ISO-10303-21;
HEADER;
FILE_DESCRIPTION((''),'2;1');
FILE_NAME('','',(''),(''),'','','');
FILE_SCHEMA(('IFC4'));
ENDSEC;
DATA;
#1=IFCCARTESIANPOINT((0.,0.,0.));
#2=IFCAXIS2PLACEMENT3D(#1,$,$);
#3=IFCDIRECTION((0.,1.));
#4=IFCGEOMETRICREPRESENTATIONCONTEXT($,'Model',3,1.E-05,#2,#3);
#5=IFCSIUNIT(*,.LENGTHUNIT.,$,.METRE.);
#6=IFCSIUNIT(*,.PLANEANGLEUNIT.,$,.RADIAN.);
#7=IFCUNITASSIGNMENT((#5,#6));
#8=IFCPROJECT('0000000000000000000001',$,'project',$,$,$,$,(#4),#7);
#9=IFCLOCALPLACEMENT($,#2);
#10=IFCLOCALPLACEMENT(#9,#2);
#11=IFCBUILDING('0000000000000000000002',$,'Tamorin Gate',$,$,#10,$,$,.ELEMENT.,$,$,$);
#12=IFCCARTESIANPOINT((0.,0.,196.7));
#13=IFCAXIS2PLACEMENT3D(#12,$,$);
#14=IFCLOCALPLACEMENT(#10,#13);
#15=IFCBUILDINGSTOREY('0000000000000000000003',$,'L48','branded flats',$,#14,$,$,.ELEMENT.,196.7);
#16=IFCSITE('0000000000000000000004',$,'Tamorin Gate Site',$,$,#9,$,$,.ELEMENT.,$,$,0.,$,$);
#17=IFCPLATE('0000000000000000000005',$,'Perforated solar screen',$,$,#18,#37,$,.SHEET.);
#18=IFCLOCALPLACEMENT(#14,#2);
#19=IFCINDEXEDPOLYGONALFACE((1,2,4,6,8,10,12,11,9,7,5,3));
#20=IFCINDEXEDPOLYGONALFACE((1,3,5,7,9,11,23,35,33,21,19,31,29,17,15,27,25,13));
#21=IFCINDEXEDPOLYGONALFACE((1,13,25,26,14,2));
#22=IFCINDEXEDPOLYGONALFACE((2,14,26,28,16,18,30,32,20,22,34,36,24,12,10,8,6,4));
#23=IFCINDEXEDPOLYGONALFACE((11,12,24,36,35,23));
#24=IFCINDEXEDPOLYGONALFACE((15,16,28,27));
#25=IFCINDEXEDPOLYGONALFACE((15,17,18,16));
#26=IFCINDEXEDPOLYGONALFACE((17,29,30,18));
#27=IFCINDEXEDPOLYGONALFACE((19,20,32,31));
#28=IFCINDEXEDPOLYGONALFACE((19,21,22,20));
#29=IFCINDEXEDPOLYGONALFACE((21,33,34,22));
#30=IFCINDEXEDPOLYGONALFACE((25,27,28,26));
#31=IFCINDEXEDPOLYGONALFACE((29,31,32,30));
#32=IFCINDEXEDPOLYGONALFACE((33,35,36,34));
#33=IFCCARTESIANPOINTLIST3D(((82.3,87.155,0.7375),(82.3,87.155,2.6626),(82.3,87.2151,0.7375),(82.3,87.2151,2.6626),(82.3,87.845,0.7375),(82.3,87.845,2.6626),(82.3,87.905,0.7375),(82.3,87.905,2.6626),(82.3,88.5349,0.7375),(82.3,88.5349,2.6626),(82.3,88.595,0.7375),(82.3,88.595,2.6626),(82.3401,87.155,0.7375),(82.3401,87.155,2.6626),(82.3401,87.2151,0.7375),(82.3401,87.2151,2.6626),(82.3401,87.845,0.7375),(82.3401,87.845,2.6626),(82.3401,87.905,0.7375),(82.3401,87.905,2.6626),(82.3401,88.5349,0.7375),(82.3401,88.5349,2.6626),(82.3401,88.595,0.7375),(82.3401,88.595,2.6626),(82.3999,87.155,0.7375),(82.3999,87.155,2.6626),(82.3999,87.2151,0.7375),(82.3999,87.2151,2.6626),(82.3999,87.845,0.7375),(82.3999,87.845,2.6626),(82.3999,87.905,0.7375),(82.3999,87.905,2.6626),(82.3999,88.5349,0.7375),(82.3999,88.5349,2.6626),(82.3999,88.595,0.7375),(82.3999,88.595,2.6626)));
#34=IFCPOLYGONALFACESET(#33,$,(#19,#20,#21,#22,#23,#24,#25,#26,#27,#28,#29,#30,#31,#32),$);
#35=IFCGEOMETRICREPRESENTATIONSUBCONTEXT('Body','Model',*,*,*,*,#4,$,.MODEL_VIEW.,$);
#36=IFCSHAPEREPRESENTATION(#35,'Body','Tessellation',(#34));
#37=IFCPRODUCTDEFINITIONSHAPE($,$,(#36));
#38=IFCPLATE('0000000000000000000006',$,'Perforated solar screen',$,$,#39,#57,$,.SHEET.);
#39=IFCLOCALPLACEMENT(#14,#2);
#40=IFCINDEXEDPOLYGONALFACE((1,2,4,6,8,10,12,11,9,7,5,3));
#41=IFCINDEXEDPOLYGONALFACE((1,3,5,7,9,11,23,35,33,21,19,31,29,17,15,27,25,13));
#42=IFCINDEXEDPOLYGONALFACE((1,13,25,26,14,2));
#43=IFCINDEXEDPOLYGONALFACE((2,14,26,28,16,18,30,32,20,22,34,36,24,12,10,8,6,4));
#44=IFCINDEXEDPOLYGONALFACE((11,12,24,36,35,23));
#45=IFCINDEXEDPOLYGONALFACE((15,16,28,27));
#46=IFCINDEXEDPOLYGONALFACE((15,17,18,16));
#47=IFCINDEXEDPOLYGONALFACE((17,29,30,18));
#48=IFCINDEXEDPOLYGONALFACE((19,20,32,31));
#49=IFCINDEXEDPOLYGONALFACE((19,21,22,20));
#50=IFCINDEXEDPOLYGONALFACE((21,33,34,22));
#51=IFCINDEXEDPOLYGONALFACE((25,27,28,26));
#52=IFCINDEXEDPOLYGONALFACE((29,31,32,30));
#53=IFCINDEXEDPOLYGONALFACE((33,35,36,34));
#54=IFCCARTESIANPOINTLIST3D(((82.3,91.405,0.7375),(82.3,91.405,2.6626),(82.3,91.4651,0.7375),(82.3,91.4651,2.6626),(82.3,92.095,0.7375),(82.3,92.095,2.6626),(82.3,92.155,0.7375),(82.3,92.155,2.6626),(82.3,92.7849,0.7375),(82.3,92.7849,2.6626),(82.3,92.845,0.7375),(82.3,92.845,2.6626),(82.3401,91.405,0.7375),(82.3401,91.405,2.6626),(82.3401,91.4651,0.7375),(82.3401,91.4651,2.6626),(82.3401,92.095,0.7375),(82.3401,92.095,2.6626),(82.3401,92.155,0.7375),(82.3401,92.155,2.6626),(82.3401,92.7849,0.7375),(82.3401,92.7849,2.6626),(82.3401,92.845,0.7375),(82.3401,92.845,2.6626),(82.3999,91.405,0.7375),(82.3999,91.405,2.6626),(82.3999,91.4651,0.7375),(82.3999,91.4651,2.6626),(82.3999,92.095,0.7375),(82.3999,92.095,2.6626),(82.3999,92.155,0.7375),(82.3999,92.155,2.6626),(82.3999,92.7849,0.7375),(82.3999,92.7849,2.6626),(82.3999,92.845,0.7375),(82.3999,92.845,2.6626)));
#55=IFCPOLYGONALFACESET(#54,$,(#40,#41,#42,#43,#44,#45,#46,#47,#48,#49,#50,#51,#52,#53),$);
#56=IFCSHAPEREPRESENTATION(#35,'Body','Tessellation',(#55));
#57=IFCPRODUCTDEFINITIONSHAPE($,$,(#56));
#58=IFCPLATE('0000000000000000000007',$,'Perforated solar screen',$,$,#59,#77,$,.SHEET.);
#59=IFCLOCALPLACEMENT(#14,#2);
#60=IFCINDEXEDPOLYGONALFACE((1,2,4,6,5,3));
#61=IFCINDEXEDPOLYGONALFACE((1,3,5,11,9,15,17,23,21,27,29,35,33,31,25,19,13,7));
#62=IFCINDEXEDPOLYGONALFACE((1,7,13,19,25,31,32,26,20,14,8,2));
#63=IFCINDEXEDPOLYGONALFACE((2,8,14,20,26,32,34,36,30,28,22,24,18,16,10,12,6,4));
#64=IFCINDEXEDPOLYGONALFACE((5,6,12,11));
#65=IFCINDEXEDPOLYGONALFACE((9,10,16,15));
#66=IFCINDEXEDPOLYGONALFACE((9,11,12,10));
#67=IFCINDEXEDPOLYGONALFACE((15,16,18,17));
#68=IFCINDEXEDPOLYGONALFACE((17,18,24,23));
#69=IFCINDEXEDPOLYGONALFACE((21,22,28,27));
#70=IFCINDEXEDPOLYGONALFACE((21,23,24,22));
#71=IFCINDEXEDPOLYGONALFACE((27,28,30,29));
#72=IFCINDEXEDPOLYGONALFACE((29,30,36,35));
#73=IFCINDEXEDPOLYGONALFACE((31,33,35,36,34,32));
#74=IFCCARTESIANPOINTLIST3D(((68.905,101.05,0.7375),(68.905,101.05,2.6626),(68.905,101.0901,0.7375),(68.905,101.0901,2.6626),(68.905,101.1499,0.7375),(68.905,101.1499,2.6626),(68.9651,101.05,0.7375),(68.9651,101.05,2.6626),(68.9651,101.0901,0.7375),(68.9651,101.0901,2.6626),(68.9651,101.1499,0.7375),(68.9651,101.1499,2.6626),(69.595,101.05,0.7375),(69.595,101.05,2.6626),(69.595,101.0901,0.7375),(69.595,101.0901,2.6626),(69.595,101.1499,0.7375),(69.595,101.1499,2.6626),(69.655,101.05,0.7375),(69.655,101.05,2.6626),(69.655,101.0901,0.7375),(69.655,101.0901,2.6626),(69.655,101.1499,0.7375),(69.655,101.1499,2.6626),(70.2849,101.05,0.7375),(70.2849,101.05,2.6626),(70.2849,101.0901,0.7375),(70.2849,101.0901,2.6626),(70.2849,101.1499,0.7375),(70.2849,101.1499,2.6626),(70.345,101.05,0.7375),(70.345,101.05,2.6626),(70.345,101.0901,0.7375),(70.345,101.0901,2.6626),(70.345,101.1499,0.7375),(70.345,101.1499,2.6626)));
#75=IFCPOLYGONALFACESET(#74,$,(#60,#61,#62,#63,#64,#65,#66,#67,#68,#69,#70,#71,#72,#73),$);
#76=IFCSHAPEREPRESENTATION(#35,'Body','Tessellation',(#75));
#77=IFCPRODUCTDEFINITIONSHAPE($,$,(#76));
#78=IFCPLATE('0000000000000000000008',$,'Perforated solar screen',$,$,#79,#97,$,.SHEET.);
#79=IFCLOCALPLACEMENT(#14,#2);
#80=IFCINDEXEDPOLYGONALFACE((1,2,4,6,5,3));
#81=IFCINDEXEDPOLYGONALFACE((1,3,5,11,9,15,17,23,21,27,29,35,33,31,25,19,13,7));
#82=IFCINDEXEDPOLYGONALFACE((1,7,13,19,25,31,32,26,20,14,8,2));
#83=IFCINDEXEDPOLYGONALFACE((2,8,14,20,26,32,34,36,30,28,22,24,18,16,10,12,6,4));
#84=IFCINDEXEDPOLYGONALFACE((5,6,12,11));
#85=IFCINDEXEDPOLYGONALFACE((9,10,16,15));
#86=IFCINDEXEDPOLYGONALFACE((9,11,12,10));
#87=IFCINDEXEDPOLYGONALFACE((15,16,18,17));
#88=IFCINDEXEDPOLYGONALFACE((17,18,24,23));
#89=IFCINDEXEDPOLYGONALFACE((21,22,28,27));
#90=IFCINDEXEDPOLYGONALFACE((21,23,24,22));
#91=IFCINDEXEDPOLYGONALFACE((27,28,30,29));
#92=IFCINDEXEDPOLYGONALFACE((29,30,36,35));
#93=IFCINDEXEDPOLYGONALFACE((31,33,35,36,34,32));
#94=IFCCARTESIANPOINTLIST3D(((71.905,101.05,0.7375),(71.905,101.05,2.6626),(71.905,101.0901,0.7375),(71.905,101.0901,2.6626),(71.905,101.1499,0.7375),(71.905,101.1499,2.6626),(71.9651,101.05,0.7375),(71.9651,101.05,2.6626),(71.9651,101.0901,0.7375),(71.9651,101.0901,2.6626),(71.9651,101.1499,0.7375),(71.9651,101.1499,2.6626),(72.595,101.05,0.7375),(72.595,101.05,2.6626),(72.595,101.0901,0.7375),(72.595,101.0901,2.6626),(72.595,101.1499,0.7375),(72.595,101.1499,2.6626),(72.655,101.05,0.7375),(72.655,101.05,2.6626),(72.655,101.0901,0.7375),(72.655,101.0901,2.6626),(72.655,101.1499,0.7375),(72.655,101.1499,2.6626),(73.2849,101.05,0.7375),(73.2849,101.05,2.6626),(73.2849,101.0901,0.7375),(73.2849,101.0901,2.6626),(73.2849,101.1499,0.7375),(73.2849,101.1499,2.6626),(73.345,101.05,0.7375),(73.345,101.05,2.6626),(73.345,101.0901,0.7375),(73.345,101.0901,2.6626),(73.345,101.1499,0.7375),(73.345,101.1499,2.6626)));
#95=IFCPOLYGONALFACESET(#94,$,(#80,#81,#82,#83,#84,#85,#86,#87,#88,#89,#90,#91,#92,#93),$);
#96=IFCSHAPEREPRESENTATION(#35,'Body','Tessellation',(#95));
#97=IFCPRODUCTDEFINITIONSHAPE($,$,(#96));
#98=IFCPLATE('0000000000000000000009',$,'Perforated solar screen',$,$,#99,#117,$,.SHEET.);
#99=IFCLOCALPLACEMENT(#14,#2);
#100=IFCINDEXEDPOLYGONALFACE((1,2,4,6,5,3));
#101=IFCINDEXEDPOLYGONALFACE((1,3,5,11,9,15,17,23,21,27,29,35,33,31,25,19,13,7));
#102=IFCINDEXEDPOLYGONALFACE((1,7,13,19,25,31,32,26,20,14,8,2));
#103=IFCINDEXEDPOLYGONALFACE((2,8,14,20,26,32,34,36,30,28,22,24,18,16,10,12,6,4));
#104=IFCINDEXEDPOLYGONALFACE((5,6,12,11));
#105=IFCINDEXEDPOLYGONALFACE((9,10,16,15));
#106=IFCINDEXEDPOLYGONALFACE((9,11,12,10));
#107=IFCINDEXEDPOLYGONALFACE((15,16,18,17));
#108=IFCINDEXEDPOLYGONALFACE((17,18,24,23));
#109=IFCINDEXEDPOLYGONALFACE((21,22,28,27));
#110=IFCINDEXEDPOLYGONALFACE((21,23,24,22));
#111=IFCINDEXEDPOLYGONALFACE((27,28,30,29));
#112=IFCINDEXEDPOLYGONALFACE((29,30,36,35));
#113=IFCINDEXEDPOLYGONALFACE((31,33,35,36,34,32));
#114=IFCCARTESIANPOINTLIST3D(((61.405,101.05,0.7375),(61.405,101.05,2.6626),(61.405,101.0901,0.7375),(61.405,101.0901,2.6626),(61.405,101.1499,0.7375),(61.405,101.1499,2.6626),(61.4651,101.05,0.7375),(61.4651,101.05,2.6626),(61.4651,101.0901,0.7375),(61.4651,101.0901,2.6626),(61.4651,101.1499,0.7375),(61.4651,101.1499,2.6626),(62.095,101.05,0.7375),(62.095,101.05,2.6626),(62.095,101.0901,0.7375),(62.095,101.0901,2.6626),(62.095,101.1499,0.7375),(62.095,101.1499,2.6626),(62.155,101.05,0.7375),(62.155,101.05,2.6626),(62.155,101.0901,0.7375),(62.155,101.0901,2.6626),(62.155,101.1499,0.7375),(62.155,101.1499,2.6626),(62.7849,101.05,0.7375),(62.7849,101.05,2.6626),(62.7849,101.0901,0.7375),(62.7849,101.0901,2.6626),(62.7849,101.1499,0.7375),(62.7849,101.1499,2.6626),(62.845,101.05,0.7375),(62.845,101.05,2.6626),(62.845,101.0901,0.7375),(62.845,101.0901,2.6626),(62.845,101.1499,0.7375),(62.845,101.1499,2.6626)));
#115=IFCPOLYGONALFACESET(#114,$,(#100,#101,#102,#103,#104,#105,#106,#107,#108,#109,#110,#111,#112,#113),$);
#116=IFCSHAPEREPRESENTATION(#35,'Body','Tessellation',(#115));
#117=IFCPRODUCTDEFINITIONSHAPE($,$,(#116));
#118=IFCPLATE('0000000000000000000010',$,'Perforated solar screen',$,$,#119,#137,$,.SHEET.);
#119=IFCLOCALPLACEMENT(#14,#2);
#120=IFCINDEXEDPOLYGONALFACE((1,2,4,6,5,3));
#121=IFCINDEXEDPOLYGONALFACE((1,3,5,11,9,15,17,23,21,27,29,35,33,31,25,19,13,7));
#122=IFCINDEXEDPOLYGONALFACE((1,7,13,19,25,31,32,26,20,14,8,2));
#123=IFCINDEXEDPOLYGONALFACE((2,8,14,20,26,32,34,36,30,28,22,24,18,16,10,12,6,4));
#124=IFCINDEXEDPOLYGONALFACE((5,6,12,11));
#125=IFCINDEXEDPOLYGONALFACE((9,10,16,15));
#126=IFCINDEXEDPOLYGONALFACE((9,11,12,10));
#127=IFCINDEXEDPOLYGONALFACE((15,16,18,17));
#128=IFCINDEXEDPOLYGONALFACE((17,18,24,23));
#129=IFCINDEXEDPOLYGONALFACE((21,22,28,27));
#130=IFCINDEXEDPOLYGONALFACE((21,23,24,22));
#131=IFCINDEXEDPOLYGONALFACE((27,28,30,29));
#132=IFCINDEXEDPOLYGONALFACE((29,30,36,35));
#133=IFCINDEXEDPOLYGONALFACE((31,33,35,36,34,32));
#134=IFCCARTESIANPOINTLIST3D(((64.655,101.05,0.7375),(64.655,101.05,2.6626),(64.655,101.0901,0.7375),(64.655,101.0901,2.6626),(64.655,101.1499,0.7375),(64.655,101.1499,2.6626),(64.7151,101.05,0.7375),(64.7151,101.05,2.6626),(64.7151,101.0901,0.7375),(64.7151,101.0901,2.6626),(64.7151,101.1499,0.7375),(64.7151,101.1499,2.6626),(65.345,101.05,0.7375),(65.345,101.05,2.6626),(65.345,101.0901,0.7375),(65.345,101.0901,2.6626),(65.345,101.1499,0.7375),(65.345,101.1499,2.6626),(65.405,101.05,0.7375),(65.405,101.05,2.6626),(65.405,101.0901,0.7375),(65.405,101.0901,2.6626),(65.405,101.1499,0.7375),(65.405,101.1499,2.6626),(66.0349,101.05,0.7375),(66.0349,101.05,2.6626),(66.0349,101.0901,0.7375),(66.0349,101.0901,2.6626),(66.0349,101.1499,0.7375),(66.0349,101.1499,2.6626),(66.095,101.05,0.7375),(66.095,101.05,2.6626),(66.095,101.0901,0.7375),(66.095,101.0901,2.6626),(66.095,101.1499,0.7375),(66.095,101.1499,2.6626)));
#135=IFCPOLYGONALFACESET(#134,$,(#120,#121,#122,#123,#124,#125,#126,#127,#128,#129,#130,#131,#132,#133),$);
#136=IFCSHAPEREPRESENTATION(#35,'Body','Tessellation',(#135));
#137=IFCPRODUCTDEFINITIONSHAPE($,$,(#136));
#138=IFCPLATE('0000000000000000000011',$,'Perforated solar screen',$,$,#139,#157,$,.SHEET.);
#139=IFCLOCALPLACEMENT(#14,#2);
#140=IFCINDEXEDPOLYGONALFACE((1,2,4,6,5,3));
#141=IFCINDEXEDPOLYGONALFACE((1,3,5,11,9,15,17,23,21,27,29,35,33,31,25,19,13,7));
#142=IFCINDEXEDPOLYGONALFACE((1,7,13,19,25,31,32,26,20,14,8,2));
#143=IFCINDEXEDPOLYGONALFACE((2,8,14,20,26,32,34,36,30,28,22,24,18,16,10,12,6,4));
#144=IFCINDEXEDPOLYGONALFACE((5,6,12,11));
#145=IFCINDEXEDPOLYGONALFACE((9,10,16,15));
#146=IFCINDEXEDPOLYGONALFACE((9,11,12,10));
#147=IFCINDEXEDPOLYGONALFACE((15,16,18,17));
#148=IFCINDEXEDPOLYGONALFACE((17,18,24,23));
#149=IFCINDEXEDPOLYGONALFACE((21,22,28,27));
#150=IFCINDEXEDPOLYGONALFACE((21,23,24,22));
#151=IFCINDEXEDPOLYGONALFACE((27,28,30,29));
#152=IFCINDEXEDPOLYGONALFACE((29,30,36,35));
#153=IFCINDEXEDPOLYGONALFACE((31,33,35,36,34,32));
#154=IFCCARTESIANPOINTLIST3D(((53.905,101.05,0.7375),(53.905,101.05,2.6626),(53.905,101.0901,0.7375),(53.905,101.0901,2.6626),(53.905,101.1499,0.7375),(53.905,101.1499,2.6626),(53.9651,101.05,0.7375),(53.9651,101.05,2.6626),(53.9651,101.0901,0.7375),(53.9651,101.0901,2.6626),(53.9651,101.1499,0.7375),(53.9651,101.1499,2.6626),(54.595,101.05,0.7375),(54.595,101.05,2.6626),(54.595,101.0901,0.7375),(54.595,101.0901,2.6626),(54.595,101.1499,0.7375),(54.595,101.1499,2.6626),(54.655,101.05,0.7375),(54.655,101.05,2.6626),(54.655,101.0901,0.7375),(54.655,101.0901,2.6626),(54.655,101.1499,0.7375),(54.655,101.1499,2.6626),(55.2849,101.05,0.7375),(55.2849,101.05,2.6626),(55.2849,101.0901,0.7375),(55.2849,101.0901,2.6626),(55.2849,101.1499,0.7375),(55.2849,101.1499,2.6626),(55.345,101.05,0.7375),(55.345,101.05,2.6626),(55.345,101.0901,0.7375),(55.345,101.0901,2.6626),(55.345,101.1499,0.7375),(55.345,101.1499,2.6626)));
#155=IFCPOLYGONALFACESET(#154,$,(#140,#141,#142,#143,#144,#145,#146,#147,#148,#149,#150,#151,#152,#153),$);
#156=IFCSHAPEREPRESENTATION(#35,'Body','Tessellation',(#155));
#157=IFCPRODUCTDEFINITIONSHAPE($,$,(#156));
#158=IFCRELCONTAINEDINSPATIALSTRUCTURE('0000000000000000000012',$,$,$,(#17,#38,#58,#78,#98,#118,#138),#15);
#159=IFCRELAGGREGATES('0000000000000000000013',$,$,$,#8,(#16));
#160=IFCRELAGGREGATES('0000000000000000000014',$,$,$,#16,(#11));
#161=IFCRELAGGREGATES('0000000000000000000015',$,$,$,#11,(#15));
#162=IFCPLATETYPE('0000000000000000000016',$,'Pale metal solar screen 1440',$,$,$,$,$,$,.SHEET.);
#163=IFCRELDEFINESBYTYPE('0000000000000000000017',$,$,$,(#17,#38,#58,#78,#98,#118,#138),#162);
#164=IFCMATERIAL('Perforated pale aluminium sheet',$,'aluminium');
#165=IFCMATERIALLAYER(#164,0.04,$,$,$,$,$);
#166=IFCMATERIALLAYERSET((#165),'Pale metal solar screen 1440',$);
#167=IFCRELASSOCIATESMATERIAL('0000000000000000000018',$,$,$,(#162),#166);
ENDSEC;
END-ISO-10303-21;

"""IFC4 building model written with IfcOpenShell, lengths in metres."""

from ifc_helpers import new_model, si_unit, direction, frame, origin, place, context, subcontext, project, spatial, polyline, outline, extrude, material, layer, layer_set, type_object, element, save


model = new_model("IFC4")

# Units and contexts
model_context = context("Model", 3, precision=1e-05, world=origin(), true_north=direction((0.0, 1.0)))
body_context = subcontext(model_context, "Body", "Model", "MODEL_VIEW")
ifc_project = project(units=[si_unit("LENGTHUNIT", "METRE"), si_unit("PLANEANGLEUNIT", "RADIAN")], contexts=[model_context])

# Site, building, storey
site_placement = place(None, origin())
site = spatial("IfcSite", under=ifc_project, at=site_placement, Name="Tamorin Gate Site", CompositionType="ELEMENT", RefElevation=0.0)
building_placement = place(site_placement, origin())
building = spatial("IfcBuilding", under=site, at=building_placement, Name="Tamorin Gate", CompositionType="ELEMENT")
storey_placement = place(building_placement, frame((0.0, 0.0, 196.7)))
storey = spatial("IfcBuildingStorey", under=building, at=storey_placement, Name="L48", Description="branded flats", CompositionType="ELEMENT", Elevation=196.7)

# Plates
ifc_material_1 = material(Name="Perforated pale aluminium sheet", Category="aluminium")
ifc_layer_1 = layer(ifc_material_1, 0.04)
ifc_layer_set_1 = layer_set([ifc_layer_1], Name="Pale metal solar screen 1440")
plate_type_1 = type_object("IfcPlateType", Name="Pale metal solar screen 1440", PredefinedType="SHEET", material=ifc_layer_set_1)
plate_1_placement = place(storey_placement, frame((0.0, 0.0, 0.7375)))
element("IfcPlate", 1, at=plate_1_placement, inside=storey, type_object=plate_type_1, Name="Perforated solar screen", PredefinedType="SHEET", context=body_context, shape_type="SweptSolid", body=[
    extrude(outline(polyline([(82.3401, 87.155), (82.3, 87.155), (82.3, 87.2151), (82.3, 87.845), (82.3, 87.905), (82.3, 88.5349), (82.3, 88.595), (82.3401, 88.595), (82.3999, 88.595), (82.3999, 88.5349), (82.3401, 88.5349), (82.3401, 87.905), (82.3999, 87.905), (82.3999, 87.845), (82.3401, 87.845), (82.3401, 87.2151), (82.3999, 87.2151), (82.3999, 87.155), (82.3401, 87.155)])), origin(), (0.0, 0.0, 1.0), 1.925),
])
plate_2_placement = place(storey_placement, frame((0.0, 0.0, 0.7375)))
element("IfcPlate", 2, at=plate_2_placement, inside=storey, type_object=plate_type_1, Name="Perforated solar screen", PredefinedType="SHEET", context=body_context, shape_type="SweptSolid", body=[
    extrude(outline(polyline([(82.3401, 91.405), (82.3, 91.405), (82.3, 91.4651), (82.3, 92.095), (82.3, 92.155), (82.3, 92.7849), (82.3, 92.845), (82.3401, 92.845), (82.3999, 92.845), (82.3999, 92.7849), (82.3401, 92.7849), (82.3401, 92.155), (82.3999, 92.155), (82.3999, 92.095), (82.3401, 92.095), (82.3401, 91.4651), (82.3999, 91.4651), (82.3999, 91.405), (82.3401, 91.405)])), origin(), (0.0, 0.0, 1.0), 1.925),
])
plate_3_placement = place(storey_placement, frame((0.0, 0.0, 0.7375)))
element("IfcPlate", 3, at=plate_3_placement, inside=storey, type_object=plate_type_1, Name="Perforated solar screen", PredefinedType="SHEET", context=body_context, shape_type="SweptSolid", body=[
    extrude(outline(polyline([(70.345, 101.0901), (70.345, 101.05), (70.2849, 101.05), (69.655, 101.05), (69.595, 101.05), (68.9651, 101.05), (68.905, 101.05), (68.905, 101.0901), (68.905, 101.1499), (68.9651, 101.1499), (68.9651, 101.0901), (69.595, 101.0901), (69.595, 101.1499), (69.655, 101.1499), (69.655, 101.0901), (70.2849, 101.0901), (70.2849, 101.1499), (70.345, 101.1499), (70.345, 101.0901)])), origin(), (0.0, 0.0, 1.0), 1.925),
])
plate_4_placement = place(storey_placement, frame((0.0, 0.0, 0.7375)))
element("IfcPlate", 4, at=plate_4_placement, inside=storey, type_object=plate_type_1, Name="Perforated solar screen", PredefinedType="SHEET", context=body_context, shape_type="SweptSolid", body=[
    extrude(outline(polyline([(73.345, 101.0901), (73.345, 101.05), (73.2849, 101.05), (72.655, 101.05), (72.595, 101.05), (71.9651, 101.05), (71.905, 101.05), (71.905, 101.05), (71.905, 101.0901), (71.905, 101.0901), (71.905, 101.1499), (71.9651, 101.1499), (71.9651, 101.0901), (72.595, 101.0901), (72.595, 101.1499), (72.655, 101.1499), (72.655, 101.0901), (73.2849, 101.0901), (73.2849, 101.1499), (73.345, 101.1499), (73.345, 101.0901)])), origin(), (0.0, 0.0, 1.0), 1.925),
])
plate_5_placement = place(storey_placement, frame((0.0, 0.0, 0.7375)))
element("IfcPlate", 5, at=plate_5_placement, inside=storey, type_object=plate_type_1, Name="Perforated solar screen", PredefinedType="SHEET", context=body_context, shape_type="SweptSolid", body=[
    extrude(outline(polyline([(62.845, 101.0901), (62.845, 101.05), (62.7849, 101.05), (62.155, 101.05), (62.095, 101.05), (61.4651, 101.05), (61.405, 101.05), (61.405, 101.0901), (61.405, 101.1499), (61.4651, 101.1499), (61.4651, 101.0901), (62.095, 101.0901), (62.095, 101.1499), (62.155, 101.1499), (62.155, 101.0901), (62.7849, 101.0901), (62.7849, 101.1499), (62.845, 101.1499), (62.845, 101.0901)])), origin(), (0.0, 0.0, 1.0), 1.925),
])
plate_6_placement = place(storey_placement, frame((0.0, 0.0, 0.7375)))
element("IfcPlate", 6, at=plate_6_placement, inside=storey, type_object=plate_type_1, Name="Perforated solar screen", PredefinedType="SHEET", context=body_context, shape_type="SweptSolid", body=[
    extrude(outline(polyline([(66.095, 101.0901), (66.095, 101.05), (66.0349, 101.05), (65.405, 101.05), (65.345, 101.05), (64.7151, 101.05), (64.655, 101.05), (64.655, 101.0901), (64.655, 101.1499), (64.7151, 101.1499), (64.7151, 101.0901), (65.345, 101.0901), (65.345, 101.1499), (65.405, 101.1499), (65.405, 101.0901), (66.0349, 101.0901), (66.0349, 101.1499), (66.095, 101.1499), (66.095, 101.0901)])), origin(), (0.0, 0.0, 1.0), 1.925),
])
plate_7_placement = place(storey_placement, frame((0.0, 0.0, 0.7375)))
element("IfcPlate", 7, at=plate_7_placement, inside=storey, type_object=plate_type_1, Name="Perforated solar screen", PredefinedType="SHEET", context=body_context, shape_type="SweptSolid", body=[
    extrude(outline(polyline([(55.345, 101.0901), (55.345, 101.05), (55.2849, 101.05), (54.655, 101.05), (54.595, 101.05), (53.9651, 101.05), (53.905, 101.05), (53.905, 101.0901), (53.905, 101.1499), (53.9651, 101.1499), (53.9651, 101.0901), (54.595, 101.0901), (54.595, 101.1499), (54.655, 101.1499), (54.655, 101.0901), (55.2849, 101.0901), (55.2849, 101.1499), (55.345, 101.1499), (55.345, 101.0901)])), origin(), (0.0, 0.0, 1.0), 1.925),
])

save(model, "model.ifc")
